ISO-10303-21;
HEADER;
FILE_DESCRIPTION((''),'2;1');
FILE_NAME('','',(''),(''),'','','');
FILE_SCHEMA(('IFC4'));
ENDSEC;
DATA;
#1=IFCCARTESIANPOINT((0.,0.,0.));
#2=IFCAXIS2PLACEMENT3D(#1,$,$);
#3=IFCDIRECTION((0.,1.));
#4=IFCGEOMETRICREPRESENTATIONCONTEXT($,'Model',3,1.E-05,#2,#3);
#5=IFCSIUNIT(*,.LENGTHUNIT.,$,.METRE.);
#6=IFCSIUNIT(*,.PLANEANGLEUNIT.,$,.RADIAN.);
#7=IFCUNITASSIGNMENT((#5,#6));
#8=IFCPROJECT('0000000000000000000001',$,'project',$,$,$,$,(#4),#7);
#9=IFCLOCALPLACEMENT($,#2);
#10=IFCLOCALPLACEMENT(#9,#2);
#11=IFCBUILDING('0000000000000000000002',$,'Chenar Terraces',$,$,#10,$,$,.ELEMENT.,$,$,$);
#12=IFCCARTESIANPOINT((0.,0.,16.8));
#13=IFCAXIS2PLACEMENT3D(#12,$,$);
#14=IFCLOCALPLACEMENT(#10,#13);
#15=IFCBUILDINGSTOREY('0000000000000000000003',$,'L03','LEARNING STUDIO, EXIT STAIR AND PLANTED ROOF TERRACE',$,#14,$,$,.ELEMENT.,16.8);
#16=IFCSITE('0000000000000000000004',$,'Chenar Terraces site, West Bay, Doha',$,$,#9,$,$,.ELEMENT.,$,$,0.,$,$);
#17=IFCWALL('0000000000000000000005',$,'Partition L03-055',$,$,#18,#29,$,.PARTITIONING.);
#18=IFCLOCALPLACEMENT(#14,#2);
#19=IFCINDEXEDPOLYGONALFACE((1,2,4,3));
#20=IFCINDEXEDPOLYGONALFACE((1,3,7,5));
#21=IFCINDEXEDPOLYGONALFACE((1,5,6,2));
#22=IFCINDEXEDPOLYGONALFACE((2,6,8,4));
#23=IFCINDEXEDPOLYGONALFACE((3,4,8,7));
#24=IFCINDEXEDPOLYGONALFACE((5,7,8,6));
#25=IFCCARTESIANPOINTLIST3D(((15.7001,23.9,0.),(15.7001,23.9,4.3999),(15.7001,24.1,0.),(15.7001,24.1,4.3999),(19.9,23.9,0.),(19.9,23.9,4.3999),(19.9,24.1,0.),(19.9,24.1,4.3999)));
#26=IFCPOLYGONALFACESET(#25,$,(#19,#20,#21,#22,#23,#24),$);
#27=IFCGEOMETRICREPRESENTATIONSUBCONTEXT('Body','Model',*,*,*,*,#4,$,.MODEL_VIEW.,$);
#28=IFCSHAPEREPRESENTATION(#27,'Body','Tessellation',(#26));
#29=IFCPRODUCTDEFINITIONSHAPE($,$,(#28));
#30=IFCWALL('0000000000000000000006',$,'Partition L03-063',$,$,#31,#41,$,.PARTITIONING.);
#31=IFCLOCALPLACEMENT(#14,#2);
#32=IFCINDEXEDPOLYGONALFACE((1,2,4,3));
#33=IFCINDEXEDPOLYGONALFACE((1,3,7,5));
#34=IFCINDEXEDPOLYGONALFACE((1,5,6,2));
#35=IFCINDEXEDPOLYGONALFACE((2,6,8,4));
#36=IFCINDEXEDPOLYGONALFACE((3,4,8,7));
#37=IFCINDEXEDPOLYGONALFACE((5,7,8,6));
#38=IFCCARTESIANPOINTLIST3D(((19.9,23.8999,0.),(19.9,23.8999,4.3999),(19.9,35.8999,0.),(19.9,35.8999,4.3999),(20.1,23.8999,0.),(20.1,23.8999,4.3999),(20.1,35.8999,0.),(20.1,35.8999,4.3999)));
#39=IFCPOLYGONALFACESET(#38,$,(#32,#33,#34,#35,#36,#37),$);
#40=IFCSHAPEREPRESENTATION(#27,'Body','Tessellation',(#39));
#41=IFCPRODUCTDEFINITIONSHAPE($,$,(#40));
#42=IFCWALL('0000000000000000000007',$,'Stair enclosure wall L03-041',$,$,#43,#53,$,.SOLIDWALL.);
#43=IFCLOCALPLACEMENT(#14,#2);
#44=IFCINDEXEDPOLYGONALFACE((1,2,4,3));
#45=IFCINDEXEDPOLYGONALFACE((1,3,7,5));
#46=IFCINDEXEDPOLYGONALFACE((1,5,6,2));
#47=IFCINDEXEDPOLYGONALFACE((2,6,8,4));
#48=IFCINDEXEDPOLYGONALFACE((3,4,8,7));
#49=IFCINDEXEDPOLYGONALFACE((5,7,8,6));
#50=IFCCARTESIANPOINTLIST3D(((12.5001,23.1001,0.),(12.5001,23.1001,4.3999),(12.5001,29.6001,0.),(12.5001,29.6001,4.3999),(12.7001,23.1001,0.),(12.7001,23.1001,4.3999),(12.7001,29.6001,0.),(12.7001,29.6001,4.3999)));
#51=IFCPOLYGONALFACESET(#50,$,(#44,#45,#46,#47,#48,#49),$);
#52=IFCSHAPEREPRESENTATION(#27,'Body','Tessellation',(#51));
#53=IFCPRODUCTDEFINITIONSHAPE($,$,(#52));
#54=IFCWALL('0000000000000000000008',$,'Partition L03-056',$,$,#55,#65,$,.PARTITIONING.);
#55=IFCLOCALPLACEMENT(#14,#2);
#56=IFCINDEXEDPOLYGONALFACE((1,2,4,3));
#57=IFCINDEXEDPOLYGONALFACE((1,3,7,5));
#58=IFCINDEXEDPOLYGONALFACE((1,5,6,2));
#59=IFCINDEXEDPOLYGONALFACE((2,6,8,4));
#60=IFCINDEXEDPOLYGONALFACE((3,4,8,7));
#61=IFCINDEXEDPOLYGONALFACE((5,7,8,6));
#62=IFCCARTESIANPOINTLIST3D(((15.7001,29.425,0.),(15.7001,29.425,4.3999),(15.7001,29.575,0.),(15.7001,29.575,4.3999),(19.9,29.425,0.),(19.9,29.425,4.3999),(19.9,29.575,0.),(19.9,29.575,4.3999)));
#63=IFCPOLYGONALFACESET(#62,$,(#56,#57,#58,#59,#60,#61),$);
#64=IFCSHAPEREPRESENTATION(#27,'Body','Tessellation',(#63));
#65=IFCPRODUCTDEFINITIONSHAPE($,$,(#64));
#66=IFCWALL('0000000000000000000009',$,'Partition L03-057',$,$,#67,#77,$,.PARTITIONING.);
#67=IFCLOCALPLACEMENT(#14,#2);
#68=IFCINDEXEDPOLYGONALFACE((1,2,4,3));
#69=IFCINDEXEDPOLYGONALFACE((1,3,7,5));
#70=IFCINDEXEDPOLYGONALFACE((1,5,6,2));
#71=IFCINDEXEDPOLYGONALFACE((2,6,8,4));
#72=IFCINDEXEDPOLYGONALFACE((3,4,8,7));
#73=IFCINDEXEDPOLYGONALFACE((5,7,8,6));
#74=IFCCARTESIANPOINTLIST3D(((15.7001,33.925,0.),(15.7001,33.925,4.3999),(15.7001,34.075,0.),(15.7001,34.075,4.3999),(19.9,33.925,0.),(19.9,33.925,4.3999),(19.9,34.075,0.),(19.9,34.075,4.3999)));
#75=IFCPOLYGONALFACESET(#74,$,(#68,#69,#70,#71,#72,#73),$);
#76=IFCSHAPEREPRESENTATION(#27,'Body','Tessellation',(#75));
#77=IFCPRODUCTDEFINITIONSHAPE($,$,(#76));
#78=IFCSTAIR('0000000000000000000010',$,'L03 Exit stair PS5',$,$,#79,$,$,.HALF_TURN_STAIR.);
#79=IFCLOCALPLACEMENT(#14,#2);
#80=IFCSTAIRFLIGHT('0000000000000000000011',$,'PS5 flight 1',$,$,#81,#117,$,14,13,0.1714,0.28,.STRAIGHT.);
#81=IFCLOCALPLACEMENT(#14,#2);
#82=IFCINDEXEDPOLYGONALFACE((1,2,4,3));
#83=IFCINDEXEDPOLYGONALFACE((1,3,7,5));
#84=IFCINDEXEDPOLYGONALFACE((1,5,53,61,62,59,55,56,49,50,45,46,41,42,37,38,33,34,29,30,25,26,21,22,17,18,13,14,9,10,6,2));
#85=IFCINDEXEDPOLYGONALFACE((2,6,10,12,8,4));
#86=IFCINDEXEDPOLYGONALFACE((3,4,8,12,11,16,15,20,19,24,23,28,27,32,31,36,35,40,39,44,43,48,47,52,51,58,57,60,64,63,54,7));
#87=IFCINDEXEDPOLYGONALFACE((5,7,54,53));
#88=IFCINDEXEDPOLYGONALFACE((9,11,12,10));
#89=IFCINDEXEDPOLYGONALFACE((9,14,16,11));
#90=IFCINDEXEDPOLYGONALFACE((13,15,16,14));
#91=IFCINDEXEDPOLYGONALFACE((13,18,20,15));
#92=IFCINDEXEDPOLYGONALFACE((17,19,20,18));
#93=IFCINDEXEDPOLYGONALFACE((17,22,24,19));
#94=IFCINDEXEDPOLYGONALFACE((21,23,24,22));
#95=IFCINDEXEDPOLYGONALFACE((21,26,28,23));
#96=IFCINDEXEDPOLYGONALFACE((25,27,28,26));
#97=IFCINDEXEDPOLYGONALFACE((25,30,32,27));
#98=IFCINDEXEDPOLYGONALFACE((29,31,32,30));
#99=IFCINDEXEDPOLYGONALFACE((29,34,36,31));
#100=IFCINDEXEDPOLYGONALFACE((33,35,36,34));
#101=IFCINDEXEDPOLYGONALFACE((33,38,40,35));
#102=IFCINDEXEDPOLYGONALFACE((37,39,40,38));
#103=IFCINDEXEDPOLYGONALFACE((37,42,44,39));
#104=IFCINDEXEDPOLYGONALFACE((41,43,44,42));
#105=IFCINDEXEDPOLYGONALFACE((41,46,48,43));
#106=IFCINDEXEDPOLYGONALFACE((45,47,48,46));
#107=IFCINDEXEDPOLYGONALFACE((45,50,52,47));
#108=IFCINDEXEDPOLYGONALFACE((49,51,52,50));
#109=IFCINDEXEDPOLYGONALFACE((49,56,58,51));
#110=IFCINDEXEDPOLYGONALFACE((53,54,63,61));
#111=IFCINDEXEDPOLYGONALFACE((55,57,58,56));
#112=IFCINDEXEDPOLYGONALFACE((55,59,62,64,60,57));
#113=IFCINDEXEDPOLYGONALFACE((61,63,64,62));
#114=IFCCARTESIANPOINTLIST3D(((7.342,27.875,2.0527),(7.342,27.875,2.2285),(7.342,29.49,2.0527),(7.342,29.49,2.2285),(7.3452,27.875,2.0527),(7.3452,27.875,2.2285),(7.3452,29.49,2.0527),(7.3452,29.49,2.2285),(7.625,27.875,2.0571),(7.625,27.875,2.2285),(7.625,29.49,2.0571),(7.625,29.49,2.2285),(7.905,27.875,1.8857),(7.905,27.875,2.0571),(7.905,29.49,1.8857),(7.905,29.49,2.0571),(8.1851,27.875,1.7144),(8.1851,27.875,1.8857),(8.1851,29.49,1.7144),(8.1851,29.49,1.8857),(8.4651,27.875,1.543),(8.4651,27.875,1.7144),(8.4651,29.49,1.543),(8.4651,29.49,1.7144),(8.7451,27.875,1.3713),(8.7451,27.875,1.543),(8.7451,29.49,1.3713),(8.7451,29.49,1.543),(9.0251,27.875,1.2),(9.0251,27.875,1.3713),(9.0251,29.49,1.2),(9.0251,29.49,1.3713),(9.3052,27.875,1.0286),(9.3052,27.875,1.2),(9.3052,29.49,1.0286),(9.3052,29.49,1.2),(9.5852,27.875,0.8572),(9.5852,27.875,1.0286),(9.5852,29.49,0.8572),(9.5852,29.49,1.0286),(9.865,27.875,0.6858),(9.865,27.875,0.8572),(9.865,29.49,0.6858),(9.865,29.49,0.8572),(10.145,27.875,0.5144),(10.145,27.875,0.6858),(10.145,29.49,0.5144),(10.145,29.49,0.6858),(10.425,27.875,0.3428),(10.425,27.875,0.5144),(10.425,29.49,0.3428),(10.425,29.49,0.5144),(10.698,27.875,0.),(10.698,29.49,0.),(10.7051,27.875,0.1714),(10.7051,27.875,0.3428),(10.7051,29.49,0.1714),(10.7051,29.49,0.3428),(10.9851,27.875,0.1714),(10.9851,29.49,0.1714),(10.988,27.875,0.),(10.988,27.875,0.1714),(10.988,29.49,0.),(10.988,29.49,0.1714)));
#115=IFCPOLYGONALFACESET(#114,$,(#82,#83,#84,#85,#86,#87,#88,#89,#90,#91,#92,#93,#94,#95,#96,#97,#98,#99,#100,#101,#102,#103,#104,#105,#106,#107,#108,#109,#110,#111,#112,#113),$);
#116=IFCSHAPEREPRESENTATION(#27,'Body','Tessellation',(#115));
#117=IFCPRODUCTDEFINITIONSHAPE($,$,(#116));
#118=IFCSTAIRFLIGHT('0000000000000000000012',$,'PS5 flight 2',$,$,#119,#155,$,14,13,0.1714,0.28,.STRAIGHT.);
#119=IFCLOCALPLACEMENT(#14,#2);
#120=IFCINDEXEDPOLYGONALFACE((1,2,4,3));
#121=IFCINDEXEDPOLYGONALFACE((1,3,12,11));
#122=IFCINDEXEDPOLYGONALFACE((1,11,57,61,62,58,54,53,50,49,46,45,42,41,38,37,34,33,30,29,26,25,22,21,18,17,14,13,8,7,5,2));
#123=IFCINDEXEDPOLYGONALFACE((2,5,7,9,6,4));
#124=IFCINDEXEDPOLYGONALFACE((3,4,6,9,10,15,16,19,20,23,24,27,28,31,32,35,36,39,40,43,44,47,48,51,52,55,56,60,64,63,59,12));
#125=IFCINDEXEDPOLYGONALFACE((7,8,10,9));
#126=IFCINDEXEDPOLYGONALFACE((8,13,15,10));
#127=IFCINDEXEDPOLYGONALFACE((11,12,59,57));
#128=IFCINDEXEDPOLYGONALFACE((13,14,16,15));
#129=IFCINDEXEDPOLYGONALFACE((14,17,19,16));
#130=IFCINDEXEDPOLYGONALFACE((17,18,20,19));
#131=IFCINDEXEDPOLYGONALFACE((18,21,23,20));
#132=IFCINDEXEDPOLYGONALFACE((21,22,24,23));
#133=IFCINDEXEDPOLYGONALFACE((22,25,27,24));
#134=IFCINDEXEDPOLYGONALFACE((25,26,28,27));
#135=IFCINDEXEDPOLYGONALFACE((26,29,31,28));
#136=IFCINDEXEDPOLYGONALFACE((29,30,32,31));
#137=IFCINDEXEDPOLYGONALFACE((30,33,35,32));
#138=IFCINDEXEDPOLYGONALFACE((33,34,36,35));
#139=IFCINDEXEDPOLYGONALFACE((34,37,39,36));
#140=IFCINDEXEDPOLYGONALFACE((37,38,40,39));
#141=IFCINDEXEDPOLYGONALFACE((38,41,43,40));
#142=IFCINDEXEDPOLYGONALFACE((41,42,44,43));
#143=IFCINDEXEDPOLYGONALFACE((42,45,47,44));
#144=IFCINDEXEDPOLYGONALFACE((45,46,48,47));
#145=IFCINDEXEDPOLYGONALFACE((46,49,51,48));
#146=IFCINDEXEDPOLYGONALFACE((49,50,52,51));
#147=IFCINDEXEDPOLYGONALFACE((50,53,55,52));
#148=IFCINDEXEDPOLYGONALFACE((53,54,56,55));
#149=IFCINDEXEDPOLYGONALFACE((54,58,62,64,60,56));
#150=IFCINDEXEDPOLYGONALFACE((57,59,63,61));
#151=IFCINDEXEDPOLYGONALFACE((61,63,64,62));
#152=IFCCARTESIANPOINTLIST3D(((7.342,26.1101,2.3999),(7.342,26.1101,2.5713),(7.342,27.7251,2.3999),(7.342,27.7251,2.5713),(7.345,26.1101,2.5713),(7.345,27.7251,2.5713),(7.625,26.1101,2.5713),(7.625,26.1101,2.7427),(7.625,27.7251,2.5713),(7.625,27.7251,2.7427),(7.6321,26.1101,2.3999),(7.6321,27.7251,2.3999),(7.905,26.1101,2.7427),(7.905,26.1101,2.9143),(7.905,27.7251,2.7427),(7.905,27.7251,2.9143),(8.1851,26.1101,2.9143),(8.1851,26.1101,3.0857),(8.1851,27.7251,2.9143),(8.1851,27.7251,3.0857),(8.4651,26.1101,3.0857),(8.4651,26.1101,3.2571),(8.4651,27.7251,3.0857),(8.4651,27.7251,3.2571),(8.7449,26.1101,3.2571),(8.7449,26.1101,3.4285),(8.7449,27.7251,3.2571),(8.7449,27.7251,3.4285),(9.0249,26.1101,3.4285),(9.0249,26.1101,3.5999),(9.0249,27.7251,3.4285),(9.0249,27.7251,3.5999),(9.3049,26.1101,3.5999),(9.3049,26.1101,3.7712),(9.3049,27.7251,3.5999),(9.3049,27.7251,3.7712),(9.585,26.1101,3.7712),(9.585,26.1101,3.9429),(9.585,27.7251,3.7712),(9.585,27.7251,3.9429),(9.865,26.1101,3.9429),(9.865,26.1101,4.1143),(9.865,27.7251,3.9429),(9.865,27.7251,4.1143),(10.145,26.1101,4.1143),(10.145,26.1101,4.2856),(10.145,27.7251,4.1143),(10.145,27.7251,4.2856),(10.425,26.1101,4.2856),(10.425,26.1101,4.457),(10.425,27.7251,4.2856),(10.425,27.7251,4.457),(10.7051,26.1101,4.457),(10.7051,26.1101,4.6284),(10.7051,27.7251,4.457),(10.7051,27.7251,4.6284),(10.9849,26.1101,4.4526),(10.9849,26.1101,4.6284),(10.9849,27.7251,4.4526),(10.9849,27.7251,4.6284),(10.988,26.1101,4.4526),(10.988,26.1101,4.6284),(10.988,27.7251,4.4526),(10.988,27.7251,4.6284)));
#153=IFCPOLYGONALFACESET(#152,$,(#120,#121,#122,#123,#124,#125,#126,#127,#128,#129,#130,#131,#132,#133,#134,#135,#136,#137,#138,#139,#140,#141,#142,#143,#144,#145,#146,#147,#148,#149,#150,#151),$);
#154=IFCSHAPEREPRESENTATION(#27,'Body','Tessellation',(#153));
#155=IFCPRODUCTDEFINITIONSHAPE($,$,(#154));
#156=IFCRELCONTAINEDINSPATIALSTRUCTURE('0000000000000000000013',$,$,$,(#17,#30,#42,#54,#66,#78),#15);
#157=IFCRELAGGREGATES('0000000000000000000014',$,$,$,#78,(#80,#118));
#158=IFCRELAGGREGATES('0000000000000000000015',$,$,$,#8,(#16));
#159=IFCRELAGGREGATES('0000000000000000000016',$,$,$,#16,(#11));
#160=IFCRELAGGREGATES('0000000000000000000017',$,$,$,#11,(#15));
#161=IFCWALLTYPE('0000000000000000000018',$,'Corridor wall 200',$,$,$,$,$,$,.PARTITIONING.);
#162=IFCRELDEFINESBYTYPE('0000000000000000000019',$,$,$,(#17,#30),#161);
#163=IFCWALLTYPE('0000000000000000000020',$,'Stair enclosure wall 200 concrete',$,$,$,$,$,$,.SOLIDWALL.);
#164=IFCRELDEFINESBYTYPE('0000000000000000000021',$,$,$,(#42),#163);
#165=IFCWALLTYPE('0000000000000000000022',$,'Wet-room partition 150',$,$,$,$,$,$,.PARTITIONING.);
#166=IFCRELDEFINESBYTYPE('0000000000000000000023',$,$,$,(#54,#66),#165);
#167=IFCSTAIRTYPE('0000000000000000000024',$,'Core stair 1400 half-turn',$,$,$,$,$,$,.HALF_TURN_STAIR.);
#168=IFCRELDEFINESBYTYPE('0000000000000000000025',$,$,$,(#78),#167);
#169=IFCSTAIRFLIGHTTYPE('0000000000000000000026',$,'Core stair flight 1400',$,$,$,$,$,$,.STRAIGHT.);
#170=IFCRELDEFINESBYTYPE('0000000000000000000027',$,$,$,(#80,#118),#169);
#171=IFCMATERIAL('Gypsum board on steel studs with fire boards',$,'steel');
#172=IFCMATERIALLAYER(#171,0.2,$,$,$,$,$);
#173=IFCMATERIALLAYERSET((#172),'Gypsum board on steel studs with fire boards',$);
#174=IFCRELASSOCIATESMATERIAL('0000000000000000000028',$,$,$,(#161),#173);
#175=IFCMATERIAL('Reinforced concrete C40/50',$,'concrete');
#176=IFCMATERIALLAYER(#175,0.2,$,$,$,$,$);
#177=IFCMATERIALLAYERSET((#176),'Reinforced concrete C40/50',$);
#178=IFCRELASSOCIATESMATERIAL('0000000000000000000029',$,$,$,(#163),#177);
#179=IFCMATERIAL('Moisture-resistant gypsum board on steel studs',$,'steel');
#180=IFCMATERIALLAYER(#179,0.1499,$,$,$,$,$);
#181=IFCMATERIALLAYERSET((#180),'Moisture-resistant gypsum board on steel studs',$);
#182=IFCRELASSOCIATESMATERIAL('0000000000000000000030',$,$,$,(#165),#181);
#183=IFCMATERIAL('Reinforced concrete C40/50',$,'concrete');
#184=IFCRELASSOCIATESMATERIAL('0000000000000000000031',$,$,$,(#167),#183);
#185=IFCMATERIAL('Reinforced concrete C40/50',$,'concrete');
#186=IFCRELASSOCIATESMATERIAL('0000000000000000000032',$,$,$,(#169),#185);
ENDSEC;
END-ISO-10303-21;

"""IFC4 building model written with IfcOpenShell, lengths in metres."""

from ifc_helpers import new_model, si_unit, direction, frame, frame_2d, origin, place, context, subcontext, project, spatial, polyline, rectangle, outline, extrude, material, layer, layer_set, type_object, element, aggregate, save


model = new_model("IFC4")

# Units and contexts
model_context = context("Model", 3, precision=1e-05, world=origin(), true_north=direction((0.0, 1.0)))
body_context = subcontext(model_context, "Body", "Model", "MODEL_VIEW")
ifc_project = project(units=[si_unit("LENGTHUNIT", "METRE"), si_unit("PLANEANGLEUNIT", "RADIAN")], contexts=[model_context])

# Site, building, storey
site_placement = place(None, origin())
site = spatial("IfcSite", under=ifc_project, at=site_placement, Name="Chenar Terraces site, West Bay, Doha", CompositionType="ELEMENT", RefElevation=0.0)
building_placement = place(site_placement, origin())
building = spatial("IfcBuilding", under=site, at=building_placement, Name="Chenar Terraces", CompositionType="ELEMENT")
storey_placement = place(building_placement, frame((0.0, 0.0, 16.8)))
storey = spatial("IfcBuildingStorey", under=building, at=storey_placement, Name="L03", Description="LEARNING STUDIO, EXIT STAIR AND PLANTED ROOF TERRACE", CompositionType="ELEMENT", Elevation=16.8)

# Shared definitions
ifc_material_1 = material(Name="Gypsum board on steel studs with fire boards", Category="steel")
ifc_layer_1 = layer(ifc_material_1, 0.2)
ifc_layer_set_1 = layer_set([ifc_layer_1], Name="Gypsum board on steel studs with fire boards")
wall_type_1 = type_object("IfcWallType", Name="Corridor wall 200", PredefinedType="PARTITIONING", material=ifc_layer_set_1)

# Walls
wall_1_placement = place(storey_placement, frame((15.7, 24.0, 0.0), z_axis=(0.0, 0.0, 1.0), x_axis=(1.0, 0.0, 0.0)))
element("IfcWall", 1, at=wall_1_placement, inside=storey, type_object=wall_type_1, Name="Partition L03-055", PredefinedType="PARTITIONING", context=body_context, shape_type="SweptSolid", body=[
    extrude(rectangle(XDim=4.2, YDim=0.2, at=frame_2d((2.1001, 0.0))), origin(), (0.0, 0.0, 1.0), 4.3999),
])
wall_2_placement = place(storey_placement, frame((20.0, 23.8999, 0.0), z_axis=(0.0, 0.0, 1.0), x_axis=(0.0, 1.0, 0.0)))
element("IfcWall", 2, at=wall_2_placement, inside=storey, type_object=wall_type_1, Name="Partition L03-063", PredefinedType="PARTITIONING", context=body_context, shape_type="SweptSolid", body=[
    extrude(rectangle(XDim=12.0, YDim=0.2, at=frame_2d((6.0, 0.0))), origin(), (0.0, 0.0, 1.0), 4.3999),
])
ifc_material_2 = material(Name="Reinforced concrete C40/50", Category="concrete")
ifc_layer_2 = layer(ifc_material_2, 0.2)
ifc_layer_set_2 = layer_set([ifc_layer_2], Name="Reinforced concrete C40/50")
wall_type_2 = type_object("IfcWallType", Name="Stair enclosure wall 200 concrete", PredefinedType="SOLIDWALL", material=ifc_layer_set_2)
wall_3_placement = place(storey_placement, frame((12.6001, 23.1001, 0.0), z_axis=(0.0, 0.0, 1.0), x_axis=(0.0, 1.0, 0.0)))
element("IfcWall", 3, at=wall_3_placement, inside=storey, type_object=wall_type_2, Name="Stair enclosure wall L03-041", PredefinedType="SOLIDWALL", context=body_context, shape_type="SweptSolid", body=[
    extrude(rectangle(XDim=6.5, YDim=0.2, at=frame_2d((3.25, 0.0))), origin(), (0.0, 0.0, 1.0), 4.3999),
])
ifc_material_3 = material(Name="Moisture-resistant gypsum board on steel studs", Category="steel")
ifc_layer_3 = layer(ifc_material_3, 0.1499)
ifc_layer_set_3 = layer_set([ifc_layer_3], Name="Moisture-resistant gypsum board on steel studs")
wall_type_3 = type_object("IfcWallType", Name="Wet-room partition 150", PredefinedType="PARTITIONING", material=ifc_layer_set_3)
for number, where, z_axis, x_axis, name in (
    (4, (15.7, 29.5, 0.0), (0.0, 0.0, 1.0), (1.0, 0.0, 0.0), "Partition L03-056"),
    (5, (15.7, 34.0, 0.0), (0.0, 0.0, 1.0), (1.0, 0.0, 0.0), "Partition L03-057"),
):
    element("IfcWall", number, at=place(storey_placement, frame(where, z_axis=z_axis, x_axis=x_axis)), inside=storey, type_object=wall_type_3, Name=name, PredefinedType="PARTITIONING", context=body_context, shape_type="SweptSolid", body=[
        extrude(rectangle(XDim=4.2, YDim=0.1499, at=frame_2d((2.1001, 0.0))), origin(), (0.0, 0.0, 1.0), 4.3999),
    ])

# Stair, stair flights
ifc_material_4 = material(Name="Reinforced concrete C40/50", Category="concrete")
stair_type = type_object("IfcStairType", Name="Core stair 1400 half-turn", PredefinedType="HALF_TURN_STAIR", material=ifc_material_4)
stair_placement = place(storey_placement, origin())
stair = element("IfcStair", 6, at=stair_placement, inside=storey, type_object=stair_type, Name="L03 Exit stair PS5", PredefinedType="HALF_TURN_STAIR")
ifc_material_5 = material(Name="Reinforced concrete C40/50", Category="concrete")
stair_flight_type = type_object("IfcStairFlightType", Name="Core stair flight 1400", PredefinedType="STRAIGHT", material=ifc_material_5)
stair_flight_1_placement = place(storey_placement, frame((10.9851, 28.6826, 0.0), z_axis=(0.0, 0.0, 1.0), x_axis=(-1.0, 0.0, 0.0)))
stair_flight_1 = element("IfcStairFlight", 7, at=stair_flight_1_placement, type_object=stair_flight_type, Name="PS5 flight 1", NumberOfRisers=14, NumberOfTreads=13, PredefinedType="STRAIGHT", RiserHeight=0.1714, TreadLength=0.28, context=body_context, shape_type="SweptSolid", body=[
    extrude(outline(polyline([(-0.0029, 0.0), (-0.0029, 0.1714), (0.0, 0.1714), (0.28, 0.1714), (0.28, 0.3428), (0.5601, 0.3428), (0.5601, 0.5144), (0.8401, 0.5144), (0.8401, 0.6858), (1.1201, 0.6858), (1.1201, 0.8572), (1.3999, 0.8572), (1.3999, 1.0286), (1.6799, 1.0286), (1.6799, 1.2), (1.96, 1.2), (1.96, 1.3713), (2.24, 1.3713), (2.24, 1.543), (2.52, 1.543), (2.52, 1.7144), (2.8, 1.7144), (2.8, 1.8857), (3.0801, 1.8857), (3.0801, 2.0571), (3.3601, 2.0571), (3.3601, 2.2285), (3.6399, 2.2285), (3.6431, 2.2285), (3.6431, 2.0527), (3.6399, 2.0527), (0.2871, 0.0), (-0.0029, 0.0)])), frame((0.0, 0.8076, 0.0), z_axis=(0.0, -1.0, 0.0), x_axis=(1.0, 0.0, 0.0)), (0.0, 0.0, 1.0), 1.615),
])
stair_flight_2_placement = place(storey_placement, frame((7.345, 26.9175, 2.3999), z_axis=(0.0, 0.0, 1.0), x_axis=(1.0, 0.0, 0.0)))
stair_flight_2 = element("IfcStairFlight", 8, at=stair_flight_2_placement, type_object=stair_flight_type, Name="PS5 flight 2", NumberOfRisers=14, NumberOfTreads=13, PredefinedType="STRAIGHT", RiserHeight=0.1714, TreadLength=0.28, context=body_context, shape_type="SweptSolid", body=[
    extrude(outline(polyline([(-0.0029, 0.0), (-0.0029, 0.1714), (0.0, 0.1714), (0.28, 0.1714), (0.28, 0.3428), (0.5601, 0.3428), (0.5601, 0.5144), (0.8401, 0.5144), (0.8401, 0.6858), (1.1201, 0.6858), (1.1201, 0.8572), (1.3999, 0.8572), (1.3999, 1.0286), (1.6799, 1.0286), (1.6799, 1.2), (1.96, 1.2), (1.96, 1.3713), (2.24, 1.3713), (2.24, 1.543), (2.52, 1.543), (2.52, 1.7144), (2.8, 1.7144), (2.8, 1.8857), (3.0801, 1.8857), (3.0801, 2.0571), (3.3601, 2.0571), (3.3601, 2.2285), (3.6399, 2.2285), (3.6431, 2.2285), (3.6431, 2.0527), (3.6399, 2.0527), (0.2871, 0.0), (-0.0029, 0.0)])), frame((0.0, 0.8076, 0.0), z_axis=(0.0, -1.0, 0.0), x_axis=(1.0, 0.0, 0.0)), (0.0, 0.0, 1.0), 1.615),
])
aggregate(stair, [stair_flight_1, stair_flight_2])

save(model, "model.ifc")
